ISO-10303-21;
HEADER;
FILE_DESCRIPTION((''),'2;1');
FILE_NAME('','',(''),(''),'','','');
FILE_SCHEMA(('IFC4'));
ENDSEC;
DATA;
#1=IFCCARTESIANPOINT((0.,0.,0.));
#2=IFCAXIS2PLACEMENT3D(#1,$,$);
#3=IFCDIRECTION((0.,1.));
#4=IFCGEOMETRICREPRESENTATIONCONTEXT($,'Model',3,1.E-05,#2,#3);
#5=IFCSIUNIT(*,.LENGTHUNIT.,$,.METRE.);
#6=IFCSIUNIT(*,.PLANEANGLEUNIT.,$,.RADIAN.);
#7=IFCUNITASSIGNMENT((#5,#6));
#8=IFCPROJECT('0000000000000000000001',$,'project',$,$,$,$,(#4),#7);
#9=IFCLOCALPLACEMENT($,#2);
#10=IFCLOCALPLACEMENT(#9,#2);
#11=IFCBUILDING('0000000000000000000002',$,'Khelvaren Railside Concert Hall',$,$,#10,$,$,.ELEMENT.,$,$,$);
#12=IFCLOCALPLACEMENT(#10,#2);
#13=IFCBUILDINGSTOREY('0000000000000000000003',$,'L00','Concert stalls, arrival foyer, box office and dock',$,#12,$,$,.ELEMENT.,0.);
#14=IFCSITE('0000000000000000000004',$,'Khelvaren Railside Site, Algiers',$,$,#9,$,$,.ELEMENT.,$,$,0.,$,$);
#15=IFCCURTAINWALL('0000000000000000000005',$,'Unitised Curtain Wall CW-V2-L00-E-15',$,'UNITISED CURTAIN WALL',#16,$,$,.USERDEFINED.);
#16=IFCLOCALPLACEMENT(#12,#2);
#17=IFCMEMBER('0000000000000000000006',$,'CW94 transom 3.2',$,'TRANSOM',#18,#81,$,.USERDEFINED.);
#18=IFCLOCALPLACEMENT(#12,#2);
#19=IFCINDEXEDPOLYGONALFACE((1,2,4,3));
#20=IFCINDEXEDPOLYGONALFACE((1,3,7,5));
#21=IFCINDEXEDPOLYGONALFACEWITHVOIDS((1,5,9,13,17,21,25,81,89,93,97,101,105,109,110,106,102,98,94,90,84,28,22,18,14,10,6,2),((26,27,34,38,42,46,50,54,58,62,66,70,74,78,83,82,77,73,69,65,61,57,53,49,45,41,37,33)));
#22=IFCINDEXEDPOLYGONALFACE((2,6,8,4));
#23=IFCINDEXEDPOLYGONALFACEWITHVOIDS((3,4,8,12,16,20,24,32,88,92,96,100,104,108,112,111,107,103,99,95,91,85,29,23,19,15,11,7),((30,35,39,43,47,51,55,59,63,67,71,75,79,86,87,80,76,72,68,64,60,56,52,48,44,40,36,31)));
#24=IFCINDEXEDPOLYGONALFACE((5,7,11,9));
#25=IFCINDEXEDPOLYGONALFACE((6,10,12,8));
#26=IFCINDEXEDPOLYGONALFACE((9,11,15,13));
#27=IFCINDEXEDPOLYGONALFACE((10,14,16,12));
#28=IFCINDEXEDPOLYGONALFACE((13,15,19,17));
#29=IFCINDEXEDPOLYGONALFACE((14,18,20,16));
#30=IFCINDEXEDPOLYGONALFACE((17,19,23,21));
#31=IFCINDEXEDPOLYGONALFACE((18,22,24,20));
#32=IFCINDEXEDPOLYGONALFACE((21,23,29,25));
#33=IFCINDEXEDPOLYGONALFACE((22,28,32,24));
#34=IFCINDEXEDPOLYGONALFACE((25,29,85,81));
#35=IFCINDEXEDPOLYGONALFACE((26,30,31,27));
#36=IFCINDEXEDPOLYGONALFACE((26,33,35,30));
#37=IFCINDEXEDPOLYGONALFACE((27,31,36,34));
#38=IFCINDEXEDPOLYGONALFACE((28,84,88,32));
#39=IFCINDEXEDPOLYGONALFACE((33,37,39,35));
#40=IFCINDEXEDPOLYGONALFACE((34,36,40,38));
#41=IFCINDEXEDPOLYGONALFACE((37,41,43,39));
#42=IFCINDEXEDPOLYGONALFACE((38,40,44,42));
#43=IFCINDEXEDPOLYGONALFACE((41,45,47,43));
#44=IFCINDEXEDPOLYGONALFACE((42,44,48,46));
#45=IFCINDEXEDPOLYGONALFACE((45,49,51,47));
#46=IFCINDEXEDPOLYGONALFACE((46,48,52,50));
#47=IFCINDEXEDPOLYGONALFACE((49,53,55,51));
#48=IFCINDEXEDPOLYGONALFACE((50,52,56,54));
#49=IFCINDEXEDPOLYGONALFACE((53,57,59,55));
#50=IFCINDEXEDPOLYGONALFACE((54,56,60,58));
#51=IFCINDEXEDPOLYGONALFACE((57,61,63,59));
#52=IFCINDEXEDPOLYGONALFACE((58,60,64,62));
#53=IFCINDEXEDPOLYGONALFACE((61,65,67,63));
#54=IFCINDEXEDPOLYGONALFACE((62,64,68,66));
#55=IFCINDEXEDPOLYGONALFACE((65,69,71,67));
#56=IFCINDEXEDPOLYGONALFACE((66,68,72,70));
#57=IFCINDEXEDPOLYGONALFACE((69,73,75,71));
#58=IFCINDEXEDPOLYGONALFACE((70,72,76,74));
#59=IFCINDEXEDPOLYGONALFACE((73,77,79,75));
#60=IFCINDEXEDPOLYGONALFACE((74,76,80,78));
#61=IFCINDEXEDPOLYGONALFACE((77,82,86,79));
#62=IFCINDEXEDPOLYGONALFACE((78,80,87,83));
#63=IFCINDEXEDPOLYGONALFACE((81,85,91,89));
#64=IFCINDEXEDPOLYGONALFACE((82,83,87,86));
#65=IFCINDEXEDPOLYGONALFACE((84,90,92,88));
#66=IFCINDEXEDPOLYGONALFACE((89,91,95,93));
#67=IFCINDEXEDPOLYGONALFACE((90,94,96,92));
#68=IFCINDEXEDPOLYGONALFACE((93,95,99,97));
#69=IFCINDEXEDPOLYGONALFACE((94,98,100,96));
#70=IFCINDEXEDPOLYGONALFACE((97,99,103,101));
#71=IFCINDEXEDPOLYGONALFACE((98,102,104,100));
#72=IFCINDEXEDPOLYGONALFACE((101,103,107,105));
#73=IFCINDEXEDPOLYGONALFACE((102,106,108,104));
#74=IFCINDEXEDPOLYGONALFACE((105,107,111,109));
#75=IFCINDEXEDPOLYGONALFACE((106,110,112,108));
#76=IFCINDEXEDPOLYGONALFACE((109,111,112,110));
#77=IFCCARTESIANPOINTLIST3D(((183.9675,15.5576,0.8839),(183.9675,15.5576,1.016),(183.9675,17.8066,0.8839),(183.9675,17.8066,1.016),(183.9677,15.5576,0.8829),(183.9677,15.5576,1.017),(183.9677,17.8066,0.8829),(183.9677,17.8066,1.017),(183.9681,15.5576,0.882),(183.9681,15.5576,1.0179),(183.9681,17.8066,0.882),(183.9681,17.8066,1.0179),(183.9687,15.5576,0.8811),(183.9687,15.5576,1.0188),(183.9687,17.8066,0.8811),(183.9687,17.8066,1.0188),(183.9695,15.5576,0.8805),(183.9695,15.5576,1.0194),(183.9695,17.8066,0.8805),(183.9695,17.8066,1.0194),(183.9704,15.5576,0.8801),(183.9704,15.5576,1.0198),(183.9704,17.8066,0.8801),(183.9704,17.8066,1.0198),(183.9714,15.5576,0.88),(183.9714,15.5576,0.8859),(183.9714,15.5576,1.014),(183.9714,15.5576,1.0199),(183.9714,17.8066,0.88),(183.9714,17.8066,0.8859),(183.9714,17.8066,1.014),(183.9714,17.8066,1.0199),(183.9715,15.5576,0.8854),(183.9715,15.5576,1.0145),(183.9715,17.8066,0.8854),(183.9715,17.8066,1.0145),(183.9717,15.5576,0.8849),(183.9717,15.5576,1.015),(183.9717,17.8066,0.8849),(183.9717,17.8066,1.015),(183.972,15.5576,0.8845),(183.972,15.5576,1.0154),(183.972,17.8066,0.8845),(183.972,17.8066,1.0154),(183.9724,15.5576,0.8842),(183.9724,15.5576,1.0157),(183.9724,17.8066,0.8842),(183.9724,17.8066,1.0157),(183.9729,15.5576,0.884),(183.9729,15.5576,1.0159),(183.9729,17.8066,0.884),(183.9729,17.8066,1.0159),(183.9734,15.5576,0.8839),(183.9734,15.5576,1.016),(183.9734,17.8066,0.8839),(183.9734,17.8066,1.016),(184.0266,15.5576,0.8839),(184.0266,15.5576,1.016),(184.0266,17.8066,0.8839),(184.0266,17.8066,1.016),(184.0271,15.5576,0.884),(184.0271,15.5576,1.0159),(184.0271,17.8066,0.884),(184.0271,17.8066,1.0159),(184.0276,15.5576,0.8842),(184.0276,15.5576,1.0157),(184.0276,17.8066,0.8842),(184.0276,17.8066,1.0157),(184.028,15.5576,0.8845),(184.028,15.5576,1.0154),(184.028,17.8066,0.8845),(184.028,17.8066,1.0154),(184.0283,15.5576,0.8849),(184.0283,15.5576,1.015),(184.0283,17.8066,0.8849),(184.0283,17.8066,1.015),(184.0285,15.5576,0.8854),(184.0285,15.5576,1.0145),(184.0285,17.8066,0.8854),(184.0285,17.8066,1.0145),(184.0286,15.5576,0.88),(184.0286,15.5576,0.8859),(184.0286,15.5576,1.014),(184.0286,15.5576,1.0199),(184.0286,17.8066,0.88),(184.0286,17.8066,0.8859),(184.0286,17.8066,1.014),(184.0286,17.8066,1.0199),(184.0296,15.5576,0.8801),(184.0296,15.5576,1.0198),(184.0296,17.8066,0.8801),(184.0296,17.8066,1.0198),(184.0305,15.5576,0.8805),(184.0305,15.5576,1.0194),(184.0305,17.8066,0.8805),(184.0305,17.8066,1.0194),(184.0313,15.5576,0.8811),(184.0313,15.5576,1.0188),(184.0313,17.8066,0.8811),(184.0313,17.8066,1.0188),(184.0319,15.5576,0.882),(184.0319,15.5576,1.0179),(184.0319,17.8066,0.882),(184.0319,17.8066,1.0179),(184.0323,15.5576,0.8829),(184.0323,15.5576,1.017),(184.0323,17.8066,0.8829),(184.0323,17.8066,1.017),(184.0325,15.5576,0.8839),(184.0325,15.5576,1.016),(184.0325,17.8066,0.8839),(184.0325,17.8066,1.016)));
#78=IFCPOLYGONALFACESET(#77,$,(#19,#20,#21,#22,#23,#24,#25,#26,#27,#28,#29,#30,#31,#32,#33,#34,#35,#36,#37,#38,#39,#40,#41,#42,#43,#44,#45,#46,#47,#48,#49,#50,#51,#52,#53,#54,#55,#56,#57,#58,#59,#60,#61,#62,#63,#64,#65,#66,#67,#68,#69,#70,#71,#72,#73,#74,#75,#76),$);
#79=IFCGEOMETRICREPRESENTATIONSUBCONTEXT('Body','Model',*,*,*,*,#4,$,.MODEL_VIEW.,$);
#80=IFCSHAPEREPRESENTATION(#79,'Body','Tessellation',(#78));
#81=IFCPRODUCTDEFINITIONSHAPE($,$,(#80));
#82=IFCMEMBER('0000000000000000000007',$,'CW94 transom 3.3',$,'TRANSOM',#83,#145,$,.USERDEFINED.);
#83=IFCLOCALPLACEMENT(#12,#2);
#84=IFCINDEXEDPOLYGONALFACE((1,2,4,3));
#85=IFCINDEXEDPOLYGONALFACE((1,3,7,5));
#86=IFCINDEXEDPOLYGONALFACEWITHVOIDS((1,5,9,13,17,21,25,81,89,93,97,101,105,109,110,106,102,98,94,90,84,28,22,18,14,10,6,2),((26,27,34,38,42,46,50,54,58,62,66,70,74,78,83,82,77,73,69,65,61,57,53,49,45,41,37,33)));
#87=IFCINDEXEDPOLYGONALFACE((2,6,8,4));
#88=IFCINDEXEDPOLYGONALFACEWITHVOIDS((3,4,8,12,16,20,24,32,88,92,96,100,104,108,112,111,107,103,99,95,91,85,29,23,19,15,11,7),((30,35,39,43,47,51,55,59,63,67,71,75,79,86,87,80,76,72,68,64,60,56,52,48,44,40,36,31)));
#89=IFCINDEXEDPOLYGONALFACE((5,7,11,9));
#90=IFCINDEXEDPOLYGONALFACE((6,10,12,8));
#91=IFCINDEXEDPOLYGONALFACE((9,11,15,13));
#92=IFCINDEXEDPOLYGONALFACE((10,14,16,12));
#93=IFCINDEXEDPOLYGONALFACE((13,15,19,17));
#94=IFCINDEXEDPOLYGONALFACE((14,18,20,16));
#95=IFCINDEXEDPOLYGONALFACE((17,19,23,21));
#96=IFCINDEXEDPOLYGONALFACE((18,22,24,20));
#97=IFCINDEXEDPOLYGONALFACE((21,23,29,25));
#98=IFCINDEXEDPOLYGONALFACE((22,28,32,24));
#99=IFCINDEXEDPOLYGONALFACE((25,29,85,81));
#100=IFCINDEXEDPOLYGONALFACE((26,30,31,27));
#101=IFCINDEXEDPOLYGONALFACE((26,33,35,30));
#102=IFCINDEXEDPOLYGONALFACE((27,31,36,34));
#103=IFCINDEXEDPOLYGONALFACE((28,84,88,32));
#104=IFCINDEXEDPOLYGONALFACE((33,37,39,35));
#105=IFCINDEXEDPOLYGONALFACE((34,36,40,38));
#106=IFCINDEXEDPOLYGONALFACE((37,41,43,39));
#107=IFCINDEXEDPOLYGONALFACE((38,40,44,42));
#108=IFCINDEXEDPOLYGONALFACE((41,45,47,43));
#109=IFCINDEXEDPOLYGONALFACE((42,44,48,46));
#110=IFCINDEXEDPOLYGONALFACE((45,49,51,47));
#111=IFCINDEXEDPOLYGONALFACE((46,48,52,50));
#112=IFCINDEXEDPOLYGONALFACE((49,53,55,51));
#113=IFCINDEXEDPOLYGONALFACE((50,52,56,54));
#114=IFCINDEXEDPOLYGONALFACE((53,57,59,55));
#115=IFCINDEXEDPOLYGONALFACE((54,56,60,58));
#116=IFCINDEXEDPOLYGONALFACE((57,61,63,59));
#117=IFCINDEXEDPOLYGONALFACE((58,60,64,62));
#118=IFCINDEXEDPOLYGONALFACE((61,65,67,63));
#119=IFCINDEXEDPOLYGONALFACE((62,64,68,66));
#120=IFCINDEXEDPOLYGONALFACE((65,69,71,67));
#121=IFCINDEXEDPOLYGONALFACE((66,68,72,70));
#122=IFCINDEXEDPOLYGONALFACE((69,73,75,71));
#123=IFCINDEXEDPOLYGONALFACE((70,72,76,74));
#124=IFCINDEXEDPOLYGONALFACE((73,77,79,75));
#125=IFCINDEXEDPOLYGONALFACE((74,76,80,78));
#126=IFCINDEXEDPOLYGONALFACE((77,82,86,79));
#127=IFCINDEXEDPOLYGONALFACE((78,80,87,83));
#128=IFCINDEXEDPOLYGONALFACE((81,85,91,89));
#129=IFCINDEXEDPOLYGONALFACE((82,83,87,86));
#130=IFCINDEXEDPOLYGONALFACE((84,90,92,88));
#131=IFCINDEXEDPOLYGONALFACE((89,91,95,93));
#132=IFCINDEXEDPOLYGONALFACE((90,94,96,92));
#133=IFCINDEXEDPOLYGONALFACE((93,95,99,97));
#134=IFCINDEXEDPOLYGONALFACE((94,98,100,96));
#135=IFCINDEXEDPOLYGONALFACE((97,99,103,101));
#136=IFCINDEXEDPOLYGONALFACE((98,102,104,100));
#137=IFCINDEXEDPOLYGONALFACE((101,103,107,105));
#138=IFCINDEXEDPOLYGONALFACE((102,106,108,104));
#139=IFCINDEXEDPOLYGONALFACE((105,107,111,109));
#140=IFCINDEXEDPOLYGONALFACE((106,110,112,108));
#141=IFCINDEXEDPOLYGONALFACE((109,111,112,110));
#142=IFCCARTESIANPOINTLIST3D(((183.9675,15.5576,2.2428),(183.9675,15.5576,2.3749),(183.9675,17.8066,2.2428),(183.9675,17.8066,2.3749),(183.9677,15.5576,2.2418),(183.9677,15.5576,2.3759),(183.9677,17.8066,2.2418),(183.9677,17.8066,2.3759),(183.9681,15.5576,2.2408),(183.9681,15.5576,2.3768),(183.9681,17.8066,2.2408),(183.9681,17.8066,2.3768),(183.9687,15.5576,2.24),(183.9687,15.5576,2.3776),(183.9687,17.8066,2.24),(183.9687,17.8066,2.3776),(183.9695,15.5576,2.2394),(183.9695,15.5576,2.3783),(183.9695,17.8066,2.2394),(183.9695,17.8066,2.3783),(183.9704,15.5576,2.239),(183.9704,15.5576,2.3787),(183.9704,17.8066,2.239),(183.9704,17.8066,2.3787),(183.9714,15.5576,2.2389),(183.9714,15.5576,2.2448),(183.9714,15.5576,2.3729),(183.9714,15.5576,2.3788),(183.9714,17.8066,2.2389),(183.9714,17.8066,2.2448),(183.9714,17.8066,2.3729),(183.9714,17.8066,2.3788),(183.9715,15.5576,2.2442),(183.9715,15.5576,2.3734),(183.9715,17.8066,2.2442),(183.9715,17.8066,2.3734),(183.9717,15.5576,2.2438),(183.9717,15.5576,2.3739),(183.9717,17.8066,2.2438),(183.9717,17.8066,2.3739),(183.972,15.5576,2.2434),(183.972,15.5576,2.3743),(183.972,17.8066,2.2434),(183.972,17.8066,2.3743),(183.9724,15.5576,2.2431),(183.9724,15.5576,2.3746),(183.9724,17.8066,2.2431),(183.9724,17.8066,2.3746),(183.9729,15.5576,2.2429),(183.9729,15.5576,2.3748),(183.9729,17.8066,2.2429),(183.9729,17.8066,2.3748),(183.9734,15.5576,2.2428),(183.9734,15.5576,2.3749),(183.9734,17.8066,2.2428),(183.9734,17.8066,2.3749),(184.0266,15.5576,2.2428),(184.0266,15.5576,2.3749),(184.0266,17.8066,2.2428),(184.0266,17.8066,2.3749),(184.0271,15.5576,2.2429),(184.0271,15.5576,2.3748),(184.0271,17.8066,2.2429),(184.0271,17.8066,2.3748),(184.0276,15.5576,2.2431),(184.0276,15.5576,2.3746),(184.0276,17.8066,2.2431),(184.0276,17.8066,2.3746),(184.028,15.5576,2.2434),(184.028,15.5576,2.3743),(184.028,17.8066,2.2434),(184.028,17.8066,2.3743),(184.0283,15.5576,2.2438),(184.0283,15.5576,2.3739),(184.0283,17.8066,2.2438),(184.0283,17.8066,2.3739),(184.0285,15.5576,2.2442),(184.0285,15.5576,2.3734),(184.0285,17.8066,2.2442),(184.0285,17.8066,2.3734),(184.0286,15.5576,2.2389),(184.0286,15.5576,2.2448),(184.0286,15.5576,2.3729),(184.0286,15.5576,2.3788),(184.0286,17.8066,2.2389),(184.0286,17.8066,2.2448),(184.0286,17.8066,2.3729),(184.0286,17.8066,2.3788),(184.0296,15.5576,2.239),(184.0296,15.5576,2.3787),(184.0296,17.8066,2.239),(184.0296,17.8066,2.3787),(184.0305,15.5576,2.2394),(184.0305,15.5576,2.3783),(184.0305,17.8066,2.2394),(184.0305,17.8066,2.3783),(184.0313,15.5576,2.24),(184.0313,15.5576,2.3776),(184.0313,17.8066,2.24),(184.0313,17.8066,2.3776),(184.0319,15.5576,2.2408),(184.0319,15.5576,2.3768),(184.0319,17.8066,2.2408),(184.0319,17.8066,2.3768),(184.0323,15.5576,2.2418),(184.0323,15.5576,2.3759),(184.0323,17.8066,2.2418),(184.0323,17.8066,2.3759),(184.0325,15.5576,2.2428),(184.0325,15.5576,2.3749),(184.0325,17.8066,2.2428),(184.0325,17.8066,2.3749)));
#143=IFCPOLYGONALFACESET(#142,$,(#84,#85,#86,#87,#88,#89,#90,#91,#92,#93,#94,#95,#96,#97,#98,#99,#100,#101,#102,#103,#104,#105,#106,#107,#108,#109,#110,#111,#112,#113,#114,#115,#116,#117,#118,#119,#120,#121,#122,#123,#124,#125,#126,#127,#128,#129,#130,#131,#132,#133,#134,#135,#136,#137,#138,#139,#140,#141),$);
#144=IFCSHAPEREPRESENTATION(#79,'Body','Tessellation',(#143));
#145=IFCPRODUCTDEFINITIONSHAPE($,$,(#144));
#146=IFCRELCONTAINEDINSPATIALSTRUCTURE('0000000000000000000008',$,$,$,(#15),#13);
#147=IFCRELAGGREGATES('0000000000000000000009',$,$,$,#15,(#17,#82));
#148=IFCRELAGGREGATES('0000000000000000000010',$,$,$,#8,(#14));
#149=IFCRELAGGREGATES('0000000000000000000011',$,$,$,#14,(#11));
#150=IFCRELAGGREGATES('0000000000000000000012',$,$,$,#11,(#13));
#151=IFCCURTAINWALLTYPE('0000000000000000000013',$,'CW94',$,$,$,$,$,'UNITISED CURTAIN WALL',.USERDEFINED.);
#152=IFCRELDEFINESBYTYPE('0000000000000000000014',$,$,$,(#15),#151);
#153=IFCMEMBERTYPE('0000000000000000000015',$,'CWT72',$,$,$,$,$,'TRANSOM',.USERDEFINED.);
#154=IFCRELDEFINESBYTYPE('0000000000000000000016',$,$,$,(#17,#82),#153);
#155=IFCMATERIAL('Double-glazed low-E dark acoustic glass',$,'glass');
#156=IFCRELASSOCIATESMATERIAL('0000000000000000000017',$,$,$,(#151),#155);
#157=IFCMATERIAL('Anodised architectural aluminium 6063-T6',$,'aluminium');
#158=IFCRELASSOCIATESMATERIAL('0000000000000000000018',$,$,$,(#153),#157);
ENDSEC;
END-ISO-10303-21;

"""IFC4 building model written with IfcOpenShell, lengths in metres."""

from ifc_helpers import new_model, si_unit, direction, frame, origin, origin_2d, place, context, subcontext, project, spatial, hollow_rectangle, extrude, material, material_profile, profile_set, type_object, element, aggregate, save


model = new_model("IFC4")

# Units and contexts
model_context = context("Model", 3, precision=1e-05, world=origin(), true_north=direction((0.0, 1.0)))
body_context = subcontext(model_context, "Body", "Model", "MODEL_VIEW")
ifc_project = project(units=[si_unit("LENGTHUNIT", "METRE"), si_unit("PLANEANGLEUNIT", "RADIAN")], contexts=[model_context])

# Site, building, storey
site_placement = place(None, origin())
site = spatial("IfcSite", under=ifc_project, at=site_placement, Name="Khelvaren Railside Site, Algiers", CompositionType="ELEMENT", RefElevation=0.0)
building_placement = place(site_placement, origin())
building = spatial("IfcBuilding", under=site, at=building_placement, Name="Khelvaren Railside Concert Hall", CompositionType="ELEMENT")
storey_placement = place(building_placement, origin())
storey = spatial("IfcBuildingStorey", under=building, at=storey_placement, Name="L00", Description="Concert stalls, arrival foyer, box office and dock", CompositionType="ELEMENT", Elevation=0.0)

# Shared definitions
ifc_material_1 = material(Name="Anodised architectural aluminium 6063-T6", Category="aluminium")

# Curtain wall
ifc_material_2 = material(Name="Double-glazed low-E dark acoustic glass", Category="glass")
curtain_wall_type_1 = type_object("IfcCurtainWallType", Name="CW94", ElementType="UNITISED CURTAIN WALL", PredefinedType="USERDEFINED", material=ifc_material_2)
curtain_wall_1_placement = place(storey_placement, origin())
curtain_wall_1 = element("IfcCurtainWall", 1, at=curtain_wall_1_placement, inside=storey, type_object=curtain_wall_type_1, Name="Unitised Curtain Wall CW-V2-L00-E-15", ObjectType="UNITISED CURTAIN WALL", PredefinedType="USERDEFINED")

# Members
ifc_material_profile_1 = material_profile(ifc_material_1, hollow_rectangle(XDim=0.0649, YDim=0.1399, WallThickness=0.0039, InnerFilletRadius=0.002, OuterFilletRadius=0.0039, at=origin_2d()), Name="CWT 65x140x4")
ifc_profile_set_1 = profile_set([ifc_material_profile_1], Name="Anodised architectural aluminium 6063-T6")
member_type_1 = type_object("IfcMemberType", Name="CWT72", ElementType="TRANSOM", PredefinedType="USERDEFINED", material=ifc_profile_set_1)
member_1_placement = place(storey_placement, frame((184.0, 17.8066, 0.95), z_axis=(0.0, -1.0, 0.0), x_axis=(1.0, 0.0, 0.0)))
member_1 = element("IfcMember", 2, at=member_1_placement, type_object=member_type_1, Name="CW94 transom 3.2", ObjectType="TRANSOM", PredefinedType="USERDEFINED", context=body_context, shape_type="SweptSolid", body=[
    extrude(hollow_rectangle(XDim=0.0649, YDim=0.1399, WallThickness=0.0039, InnerFilletRadius=0.002, OuterFilletRadius=0.0039, at=origin_2d()), origin(), (0.0, 0.0, 1.0), 2.249),
])
member_2_placement = place(storey_placement, frame((184.0, 17.8066, 2.3088), z_axis=(0.0, -1.0, 0.0), x_axis=(1.0, 0.0, 0.0)))
member_2 = element("IfcMember", 3, at=member_2_placement, type_object=member_type_1, Name="CW94 transom 3.3", ObjectType="TRANSOM", PredefinedType="USERDEFINED", context=body_context, shape_type="SweptSolid", body=[
    extrude(hollow_rectangle(XDim=0.0649, YDim=0.1399, WallThickness=0.0039, InnerFilletRadius=0.002, OuterFilletRadius=0.0039, at=origin_2d()), origin(), (0.0, 0.0, 1.0), 2.249),
])

aggregate(curtain_wall_1, [member_1, member_2])

save(model, "model.ifc")
